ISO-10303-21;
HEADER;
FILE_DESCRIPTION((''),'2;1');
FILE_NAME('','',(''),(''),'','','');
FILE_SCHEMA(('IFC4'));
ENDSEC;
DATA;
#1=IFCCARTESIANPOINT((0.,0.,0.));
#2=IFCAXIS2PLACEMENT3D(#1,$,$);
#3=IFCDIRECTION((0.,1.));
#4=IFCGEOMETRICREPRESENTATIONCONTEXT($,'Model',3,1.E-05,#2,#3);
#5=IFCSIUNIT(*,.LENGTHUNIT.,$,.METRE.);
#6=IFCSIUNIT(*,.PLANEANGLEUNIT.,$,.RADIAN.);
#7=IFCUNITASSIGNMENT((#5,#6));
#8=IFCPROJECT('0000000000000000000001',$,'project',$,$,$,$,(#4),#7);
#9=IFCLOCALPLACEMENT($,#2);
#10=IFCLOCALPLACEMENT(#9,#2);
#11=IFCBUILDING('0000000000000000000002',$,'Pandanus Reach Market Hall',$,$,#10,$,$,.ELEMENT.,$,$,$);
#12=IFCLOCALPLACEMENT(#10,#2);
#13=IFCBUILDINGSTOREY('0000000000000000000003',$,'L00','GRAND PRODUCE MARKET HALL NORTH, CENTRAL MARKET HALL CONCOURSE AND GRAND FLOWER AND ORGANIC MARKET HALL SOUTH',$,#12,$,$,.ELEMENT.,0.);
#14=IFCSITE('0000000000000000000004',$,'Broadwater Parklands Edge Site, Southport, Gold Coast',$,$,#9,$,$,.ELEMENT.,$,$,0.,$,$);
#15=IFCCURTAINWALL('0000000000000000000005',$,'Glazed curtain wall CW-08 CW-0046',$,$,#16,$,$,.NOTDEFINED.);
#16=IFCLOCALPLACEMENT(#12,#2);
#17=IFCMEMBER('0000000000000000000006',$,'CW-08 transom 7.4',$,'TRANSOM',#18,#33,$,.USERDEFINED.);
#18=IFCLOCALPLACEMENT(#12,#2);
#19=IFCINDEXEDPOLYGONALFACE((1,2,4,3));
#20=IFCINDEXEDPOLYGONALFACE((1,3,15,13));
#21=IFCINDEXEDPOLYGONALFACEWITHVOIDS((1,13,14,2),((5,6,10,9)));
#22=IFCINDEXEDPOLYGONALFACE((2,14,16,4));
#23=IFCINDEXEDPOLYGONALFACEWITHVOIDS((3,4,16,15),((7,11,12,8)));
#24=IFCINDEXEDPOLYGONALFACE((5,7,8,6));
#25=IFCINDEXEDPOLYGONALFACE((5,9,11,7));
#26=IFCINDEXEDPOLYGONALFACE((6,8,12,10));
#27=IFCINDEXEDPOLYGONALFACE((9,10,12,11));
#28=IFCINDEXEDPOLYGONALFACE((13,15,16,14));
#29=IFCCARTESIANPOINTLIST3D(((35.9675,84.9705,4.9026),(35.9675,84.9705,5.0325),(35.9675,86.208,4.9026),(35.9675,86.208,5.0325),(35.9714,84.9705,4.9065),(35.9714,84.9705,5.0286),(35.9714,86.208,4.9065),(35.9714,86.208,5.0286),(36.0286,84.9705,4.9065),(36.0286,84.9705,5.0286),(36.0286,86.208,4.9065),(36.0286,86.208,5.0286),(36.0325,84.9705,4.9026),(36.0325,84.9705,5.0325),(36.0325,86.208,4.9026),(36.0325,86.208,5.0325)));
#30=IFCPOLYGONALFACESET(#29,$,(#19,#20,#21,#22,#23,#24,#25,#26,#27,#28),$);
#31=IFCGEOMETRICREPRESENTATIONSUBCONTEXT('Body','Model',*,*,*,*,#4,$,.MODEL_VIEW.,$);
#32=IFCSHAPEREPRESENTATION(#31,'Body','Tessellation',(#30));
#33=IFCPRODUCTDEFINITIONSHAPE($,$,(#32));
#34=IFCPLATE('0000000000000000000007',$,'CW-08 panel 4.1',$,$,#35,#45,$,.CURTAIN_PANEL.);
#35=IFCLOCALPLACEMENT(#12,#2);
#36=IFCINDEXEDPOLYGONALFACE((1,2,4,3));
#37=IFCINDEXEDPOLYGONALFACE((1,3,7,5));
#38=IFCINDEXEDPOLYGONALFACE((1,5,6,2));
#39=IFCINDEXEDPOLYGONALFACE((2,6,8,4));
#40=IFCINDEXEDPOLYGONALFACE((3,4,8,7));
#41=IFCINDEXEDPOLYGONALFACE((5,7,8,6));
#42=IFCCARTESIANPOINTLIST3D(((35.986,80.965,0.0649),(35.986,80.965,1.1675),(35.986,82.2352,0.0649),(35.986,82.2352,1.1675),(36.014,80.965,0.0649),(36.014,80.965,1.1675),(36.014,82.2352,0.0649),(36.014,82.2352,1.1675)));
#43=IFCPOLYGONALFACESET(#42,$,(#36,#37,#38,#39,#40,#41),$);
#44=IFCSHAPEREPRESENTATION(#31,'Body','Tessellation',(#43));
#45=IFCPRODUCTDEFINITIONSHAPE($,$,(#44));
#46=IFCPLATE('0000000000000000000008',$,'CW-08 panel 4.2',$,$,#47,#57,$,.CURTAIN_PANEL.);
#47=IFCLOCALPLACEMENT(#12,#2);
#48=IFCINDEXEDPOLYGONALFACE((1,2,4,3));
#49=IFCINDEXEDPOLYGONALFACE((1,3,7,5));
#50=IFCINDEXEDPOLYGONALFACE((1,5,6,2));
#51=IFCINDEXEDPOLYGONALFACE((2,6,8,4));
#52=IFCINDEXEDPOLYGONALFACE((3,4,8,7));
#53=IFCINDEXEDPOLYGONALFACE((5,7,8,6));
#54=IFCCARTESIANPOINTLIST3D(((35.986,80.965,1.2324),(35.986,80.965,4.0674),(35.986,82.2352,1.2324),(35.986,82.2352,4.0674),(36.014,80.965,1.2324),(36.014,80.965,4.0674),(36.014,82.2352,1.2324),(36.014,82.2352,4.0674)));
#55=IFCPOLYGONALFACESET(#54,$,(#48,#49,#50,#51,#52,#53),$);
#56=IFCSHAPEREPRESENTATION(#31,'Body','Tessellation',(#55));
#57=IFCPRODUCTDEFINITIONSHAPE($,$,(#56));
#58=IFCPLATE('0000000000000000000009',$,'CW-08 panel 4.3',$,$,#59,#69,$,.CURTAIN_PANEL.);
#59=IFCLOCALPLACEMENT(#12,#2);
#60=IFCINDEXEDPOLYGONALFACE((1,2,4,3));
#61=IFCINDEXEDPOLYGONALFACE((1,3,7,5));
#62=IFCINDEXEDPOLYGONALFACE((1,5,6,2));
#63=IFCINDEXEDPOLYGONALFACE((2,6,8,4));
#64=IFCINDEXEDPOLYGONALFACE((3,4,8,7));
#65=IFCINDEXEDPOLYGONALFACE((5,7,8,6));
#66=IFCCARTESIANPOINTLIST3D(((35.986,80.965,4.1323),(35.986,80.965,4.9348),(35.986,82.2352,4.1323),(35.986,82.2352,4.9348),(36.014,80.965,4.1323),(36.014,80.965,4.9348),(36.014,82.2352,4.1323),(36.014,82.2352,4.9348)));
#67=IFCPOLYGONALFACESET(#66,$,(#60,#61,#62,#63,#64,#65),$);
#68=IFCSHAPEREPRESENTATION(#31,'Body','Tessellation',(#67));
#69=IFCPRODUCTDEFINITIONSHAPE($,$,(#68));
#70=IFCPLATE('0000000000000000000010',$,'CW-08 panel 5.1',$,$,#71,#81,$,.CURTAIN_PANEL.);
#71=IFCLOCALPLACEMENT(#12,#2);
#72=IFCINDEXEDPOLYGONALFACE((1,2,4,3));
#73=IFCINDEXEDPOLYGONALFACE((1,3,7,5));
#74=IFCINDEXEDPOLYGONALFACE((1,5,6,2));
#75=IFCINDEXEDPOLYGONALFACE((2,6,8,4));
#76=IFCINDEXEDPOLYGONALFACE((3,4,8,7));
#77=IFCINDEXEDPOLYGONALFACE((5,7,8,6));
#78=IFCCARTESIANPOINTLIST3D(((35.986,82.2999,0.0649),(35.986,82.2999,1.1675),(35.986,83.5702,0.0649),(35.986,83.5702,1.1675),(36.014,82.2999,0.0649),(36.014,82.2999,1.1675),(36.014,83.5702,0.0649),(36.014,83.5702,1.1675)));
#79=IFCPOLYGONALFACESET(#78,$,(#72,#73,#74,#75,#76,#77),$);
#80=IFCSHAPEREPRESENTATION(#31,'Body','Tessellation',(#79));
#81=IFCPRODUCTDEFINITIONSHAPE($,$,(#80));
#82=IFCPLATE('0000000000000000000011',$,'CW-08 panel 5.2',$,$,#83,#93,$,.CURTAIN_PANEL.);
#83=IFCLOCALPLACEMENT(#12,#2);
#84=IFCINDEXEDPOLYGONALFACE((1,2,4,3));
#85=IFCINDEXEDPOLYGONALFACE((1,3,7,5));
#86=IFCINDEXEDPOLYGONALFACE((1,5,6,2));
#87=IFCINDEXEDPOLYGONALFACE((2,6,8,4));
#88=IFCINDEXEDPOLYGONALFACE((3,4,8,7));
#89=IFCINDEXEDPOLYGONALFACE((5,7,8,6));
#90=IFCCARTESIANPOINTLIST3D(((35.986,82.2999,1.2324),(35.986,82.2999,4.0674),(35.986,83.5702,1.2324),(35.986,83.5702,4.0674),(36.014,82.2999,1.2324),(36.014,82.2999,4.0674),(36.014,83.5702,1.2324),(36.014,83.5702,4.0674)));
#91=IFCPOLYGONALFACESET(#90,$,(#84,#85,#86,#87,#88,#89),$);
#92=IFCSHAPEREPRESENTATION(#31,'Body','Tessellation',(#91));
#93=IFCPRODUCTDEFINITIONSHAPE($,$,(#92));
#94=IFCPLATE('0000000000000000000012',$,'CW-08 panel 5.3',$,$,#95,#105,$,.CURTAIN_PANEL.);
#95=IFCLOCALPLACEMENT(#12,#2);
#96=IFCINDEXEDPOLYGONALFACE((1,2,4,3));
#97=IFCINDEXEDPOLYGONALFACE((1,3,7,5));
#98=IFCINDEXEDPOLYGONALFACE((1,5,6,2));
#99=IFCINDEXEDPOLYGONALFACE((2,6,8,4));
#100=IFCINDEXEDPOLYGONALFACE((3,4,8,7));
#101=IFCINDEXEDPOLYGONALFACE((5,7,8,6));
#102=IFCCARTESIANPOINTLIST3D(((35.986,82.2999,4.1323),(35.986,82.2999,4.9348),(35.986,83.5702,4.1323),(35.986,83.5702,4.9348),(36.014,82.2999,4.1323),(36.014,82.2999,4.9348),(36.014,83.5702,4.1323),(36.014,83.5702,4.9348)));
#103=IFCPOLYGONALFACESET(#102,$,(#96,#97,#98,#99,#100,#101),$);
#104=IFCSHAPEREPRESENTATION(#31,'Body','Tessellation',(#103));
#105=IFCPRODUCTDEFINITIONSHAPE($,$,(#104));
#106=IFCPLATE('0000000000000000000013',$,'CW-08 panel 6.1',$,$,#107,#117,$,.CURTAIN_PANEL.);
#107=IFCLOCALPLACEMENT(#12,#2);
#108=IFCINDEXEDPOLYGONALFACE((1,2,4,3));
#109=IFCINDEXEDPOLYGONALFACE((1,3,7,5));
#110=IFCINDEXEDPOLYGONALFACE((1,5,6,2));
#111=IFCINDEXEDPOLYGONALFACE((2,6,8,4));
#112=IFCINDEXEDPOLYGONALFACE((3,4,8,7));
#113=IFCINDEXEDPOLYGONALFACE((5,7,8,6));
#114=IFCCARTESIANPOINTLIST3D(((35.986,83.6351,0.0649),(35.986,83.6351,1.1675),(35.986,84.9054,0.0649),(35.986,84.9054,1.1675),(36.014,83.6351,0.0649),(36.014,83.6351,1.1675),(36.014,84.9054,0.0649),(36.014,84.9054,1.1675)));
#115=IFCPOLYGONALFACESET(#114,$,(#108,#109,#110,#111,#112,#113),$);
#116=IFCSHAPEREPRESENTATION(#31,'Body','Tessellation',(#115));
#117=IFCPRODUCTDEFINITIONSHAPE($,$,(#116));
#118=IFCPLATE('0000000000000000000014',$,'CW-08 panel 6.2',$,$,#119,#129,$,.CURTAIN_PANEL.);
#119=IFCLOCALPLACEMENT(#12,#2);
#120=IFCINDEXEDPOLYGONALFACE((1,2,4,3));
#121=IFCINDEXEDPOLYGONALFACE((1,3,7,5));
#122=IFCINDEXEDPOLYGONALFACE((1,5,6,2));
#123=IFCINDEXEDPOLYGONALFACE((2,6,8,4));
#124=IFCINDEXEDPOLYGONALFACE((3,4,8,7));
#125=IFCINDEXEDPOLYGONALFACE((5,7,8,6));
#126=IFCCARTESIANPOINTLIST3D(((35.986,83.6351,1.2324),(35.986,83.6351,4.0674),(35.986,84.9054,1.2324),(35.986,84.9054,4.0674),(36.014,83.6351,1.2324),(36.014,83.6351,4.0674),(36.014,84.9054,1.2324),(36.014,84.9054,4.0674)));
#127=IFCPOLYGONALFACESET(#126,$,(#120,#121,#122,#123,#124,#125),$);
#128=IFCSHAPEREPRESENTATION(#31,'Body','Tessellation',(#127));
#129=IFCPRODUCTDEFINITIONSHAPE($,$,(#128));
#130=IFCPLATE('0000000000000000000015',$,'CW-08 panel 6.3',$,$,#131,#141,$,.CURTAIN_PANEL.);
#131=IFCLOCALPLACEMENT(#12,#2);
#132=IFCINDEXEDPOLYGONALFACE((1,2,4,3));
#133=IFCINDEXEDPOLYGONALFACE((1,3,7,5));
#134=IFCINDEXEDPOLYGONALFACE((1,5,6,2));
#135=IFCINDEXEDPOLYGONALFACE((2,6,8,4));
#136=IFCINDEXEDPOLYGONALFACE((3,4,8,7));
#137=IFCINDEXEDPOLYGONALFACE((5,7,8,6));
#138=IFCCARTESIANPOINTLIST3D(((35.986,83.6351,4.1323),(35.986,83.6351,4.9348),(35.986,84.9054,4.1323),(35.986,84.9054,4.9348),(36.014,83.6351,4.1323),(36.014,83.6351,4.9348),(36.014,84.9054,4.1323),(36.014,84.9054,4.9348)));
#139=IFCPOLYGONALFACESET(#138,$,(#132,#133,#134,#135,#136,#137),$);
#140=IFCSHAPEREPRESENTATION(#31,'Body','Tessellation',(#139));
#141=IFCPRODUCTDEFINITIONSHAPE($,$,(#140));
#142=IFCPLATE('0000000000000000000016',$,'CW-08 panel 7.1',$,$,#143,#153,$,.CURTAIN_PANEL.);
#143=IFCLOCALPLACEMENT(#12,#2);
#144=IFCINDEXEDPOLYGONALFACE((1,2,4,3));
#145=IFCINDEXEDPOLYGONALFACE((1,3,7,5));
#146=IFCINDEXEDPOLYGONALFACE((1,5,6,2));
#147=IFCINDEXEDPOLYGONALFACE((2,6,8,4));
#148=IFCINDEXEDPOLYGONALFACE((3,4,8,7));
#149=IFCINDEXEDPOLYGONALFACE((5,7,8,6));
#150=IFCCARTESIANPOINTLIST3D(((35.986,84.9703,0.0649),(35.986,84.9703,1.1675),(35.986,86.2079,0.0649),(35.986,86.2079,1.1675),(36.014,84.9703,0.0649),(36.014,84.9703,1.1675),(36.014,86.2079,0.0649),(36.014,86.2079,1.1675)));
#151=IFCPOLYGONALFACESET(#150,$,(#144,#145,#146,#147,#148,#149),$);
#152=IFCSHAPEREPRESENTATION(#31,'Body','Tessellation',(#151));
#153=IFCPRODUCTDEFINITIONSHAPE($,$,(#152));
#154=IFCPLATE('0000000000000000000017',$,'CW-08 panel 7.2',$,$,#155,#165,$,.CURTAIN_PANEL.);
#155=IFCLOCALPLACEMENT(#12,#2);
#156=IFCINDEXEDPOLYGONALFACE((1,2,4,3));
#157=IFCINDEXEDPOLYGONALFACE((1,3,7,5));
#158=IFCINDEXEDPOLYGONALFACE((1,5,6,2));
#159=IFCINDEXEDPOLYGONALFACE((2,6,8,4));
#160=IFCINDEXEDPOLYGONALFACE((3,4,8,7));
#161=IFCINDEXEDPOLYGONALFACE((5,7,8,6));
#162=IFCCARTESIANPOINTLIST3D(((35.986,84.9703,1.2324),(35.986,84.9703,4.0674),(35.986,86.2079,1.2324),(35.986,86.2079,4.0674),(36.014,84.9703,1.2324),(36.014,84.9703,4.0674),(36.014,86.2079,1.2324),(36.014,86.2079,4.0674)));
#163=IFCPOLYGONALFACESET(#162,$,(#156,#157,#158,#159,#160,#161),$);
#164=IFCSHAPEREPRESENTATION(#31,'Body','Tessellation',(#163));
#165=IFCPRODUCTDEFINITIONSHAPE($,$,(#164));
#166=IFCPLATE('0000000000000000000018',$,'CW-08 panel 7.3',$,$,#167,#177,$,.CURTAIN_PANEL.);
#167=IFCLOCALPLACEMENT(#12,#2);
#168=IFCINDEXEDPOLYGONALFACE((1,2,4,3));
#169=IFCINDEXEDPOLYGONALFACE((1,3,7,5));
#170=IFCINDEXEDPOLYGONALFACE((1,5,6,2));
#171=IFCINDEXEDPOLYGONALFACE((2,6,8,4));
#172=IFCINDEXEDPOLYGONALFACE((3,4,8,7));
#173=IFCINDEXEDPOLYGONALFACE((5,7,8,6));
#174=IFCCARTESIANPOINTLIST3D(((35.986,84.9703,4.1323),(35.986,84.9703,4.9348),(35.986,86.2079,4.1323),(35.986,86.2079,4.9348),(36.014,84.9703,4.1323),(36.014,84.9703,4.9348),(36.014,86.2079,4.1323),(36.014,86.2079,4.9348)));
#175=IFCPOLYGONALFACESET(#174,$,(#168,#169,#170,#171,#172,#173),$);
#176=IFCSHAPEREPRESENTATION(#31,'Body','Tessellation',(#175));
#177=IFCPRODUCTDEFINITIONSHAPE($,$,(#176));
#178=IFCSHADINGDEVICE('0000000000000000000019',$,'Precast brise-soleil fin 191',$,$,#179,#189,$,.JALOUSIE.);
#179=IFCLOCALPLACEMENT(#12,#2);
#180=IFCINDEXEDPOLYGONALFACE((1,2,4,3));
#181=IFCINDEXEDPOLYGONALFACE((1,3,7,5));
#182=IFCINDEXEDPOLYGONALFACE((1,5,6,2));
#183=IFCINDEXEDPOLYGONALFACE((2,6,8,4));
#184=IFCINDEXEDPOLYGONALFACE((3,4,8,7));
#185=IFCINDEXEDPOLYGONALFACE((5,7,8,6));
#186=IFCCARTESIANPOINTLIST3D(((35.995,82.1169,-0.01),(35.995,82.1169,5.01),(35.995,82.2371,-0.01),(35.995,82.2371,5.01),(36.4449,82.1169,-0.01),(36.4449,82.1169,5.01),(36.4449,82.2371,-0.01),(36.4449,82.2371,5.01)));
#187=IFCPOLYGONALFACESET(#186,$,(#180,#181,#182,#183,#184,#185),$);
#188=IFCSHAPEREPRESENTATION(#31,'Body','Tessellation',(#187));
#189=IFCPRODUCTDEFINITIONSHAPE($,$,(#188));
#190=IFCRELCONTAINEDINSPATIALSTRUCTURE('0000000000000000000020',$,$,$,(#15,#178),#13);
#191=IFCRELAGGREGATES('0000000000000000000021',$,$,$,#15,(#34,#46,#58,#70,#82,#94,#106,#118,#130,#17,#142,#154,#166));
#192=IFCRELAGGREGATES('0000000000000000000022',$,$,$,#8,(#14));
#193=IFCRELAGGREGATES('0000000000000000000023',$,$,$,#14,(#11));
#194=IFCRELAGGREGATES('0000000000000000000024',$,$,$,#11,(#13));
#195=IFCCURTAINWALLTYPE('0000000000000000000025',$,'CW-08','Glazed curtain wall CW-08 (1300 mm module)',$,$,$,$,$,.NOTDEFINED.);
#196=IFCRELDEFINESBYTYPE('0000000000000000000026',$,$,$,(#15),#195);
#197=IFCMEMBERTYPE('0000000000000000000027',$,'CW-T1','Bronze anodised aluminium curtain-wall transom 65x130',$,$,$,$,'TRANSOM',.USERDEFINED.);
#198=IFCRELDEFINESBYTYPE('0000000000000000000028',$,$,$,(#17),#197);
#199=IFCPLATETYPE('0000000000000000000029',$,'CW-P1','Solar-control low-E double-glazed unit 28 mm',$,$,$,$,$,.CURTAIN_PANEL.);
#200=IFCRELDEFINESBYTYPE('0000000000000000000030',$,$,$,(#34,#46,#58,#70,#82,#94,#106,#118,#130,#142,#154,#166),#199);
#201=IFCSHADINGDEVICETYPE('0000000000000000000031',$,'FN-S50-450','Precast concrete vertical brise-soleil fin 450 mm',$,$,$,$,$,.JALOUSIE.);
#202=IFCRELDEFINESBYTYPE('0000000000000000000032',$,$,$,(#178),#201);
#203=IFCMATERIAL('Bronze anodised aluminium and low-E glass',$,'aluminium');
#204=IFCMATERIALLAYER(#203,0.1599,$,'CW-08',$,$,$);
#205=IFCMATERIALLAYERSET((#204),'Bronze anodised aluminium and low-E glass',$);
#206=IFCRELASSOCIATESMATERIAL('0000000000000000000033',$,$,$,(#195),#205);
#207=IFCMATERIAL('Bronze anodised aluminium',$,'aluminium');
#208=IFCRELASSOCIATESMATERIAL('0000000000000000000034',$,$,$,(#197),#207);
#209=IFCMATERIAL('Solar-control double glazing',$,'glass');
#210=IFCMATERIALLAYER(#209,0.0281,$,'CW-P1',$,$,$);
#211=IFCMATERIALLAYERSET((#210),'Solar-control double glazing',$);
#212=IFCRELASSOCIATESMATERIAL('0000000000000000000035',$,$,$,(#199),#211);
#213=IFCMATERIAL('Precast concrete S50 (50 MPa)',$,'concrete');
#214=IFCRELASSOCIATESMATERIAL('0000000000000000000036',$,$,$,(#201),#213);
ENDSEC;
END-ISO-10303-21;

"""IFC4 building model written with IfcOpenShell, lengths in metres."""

from ifc_helpers import new_model, si_unit, direction, frame, origin, origin_2d, place, context, subcontext, project, spatial, rectangle, hollow_rectangle, extrude, material, layer, layer_set, material_profile, profile_set, type_object, element, aggregate, save


model = new_model("IFC4")

# Units and contexts
model_context = context("Model", 3, precision=1e-05, world=origin(), true_north=direction((0.0, 1.0)))
body_context = subcontext(model_context, "Body", "Model", "MODEL_VIEW")
ifc_project = project(units=[si_unit("LENGTHUNIT", "METRE"), si_unit("PLANEANGLEUNIT", "RADIAN")], contexts=[model_context])

# Site, building, storey
site_placement = place(None, origin())
site = spatial("IfcSite", under=ifc_project, at=site_placement, Name="Broadwater Parklands Edge Site, Southport, Gold Coast", CompositionType="ELEMENT", RefElevation=0.0)
building_placement = place(site_placement, origin())
building = spatial("IfcBuilding", under=site, at=building_placement, Name="Pandanus Reach Market Hall", CompositionType="ELEMENT")
storey_placement = place(building_placement, origin())
storey = spatial("IfcBuildingStorey", under=building, at=storey_placement, Name="L00", Description="GRAND PRODUCE MARKET HALL NORTH, CENTRAL MARKET HALL CONCOURSE AND GRAND FLOWER AND ORGANIC MARKET HALL SOUTH", CompositionType="ELEMENT", Elevation=0.0)

# Curtain wall, member, plates
ifc_material_1 = material(Name="Bronze anodised aluminium and low-E glass", Category="aluminium")
ifc_layer_1 = layer(ifc_material_1, 0.1599, Name="CW-08")
ifc_layer_set_1 = layer_set([ifc_layer_1], Name="Bronze anodised aluminium and low-E glass")
curtain_wall_type = type_object("IfcCurtainWallType", Name="CW-08", Description="Glazed curtain wall CW-08 (1300 mm module)", PredefinedType="NOTDEFINED", material=ifc_layer_set_1)
curtain_wall_placement = place(storey_placement, origin())
curtain_wall = element("IfcCurtainWall", 1, at=curtain_wall_placement, inside=storey, type_object=curtain_wall_type, Name="Glazed curtain wall CW-08 CW-0046", PredefinedType="NOTDEFINED")
ifc_material_2 = material(Name="Bronze anodised aluminium", Category="aluminium")
ifc_material_profile_1 = material_profile(ifc_material_2, hollow_rectangle(XDim=0.0649, YDim=0.1299, WallThickness=0.0039, at=origin_2d()), Name="ALU65x130", Category="LoadBearing")
ifc_profile_set_1 = profile_set([ifc_material_profile_1], Name="Bronze anodised aluminium")
member_type_1 = type_object("IfcMemberType", Name="CW-T1", Description="Bronze anodised aluminium curtain-wall transom 65x130", ElementType="TRANSOM", PredefinedType="USERDEFINED", material=ifc_profile_set_1)
member_1_placement = place(storey_placement, frame((36.0, 84.9705, 4.9675), z_axis=(0.0, 1.0, 0.0), x_axis=(-1.0, 0.0, 0.0)))
member_1 = element("IfcMember", 2, at=member_1_placement, type_object=member_type_1, Name="CW-08 transom 7.4", ObjectType="TRANSOM", PredefinedType="USERDEFINED", context=body_context, shape_type="SweptSolid", body=[
    extrude(hollow_rectangle(XDim=0.0649, YDim=0.1299, WallThickness=0.0039, at=origin_2d()), origin(), (0.0, 0.0, 1.0), 1.2375),
])
ifc_material_3 = material(Name="Solar-control double glazing", Category="glass")
ifc_layer_2 = layer(ifc_material_3, 0.0281, Name="CW-P1")
ifc_layer_set_2 = layer_set([ifc_layer_2], Name="Solar-control double glazing")
plate_type = type_object("IfcPlateType", Name="CW-P1", Description="Solar-control low-E double-glazed unit 28 mm", PredefinedType="CURTAIN_PANEL", material=ifc_layer_set_2)
plate_1_placement = place(storey_placement, frame((36.0, 81.6001, 0.0649), z_axis=(0.0, 0.0, 1.0), x_axis=(0.0, 1.0, 0.0)))
plate_1 = element("IfcPlate", 3, at=plate_1_placement, type_object=plate_type, Name="CW-08 panel 4.1", PredefinedType="CURTAIN_PANEL", context=body_context, shape_type="SweptSolid", body=[
    extrude(rectangle(XDim=1.2703, YDim=0.0281, at=origin_2d()), origin(), (0.0, 0.0, 1.0), 1.1025),
])
plate_2_placement = place(storey_placement, frame((36.0, 81.6001, 1.2324), z_axis=(0.0, 0.0, 1.0), x_axis=(0.0, 1.0, 0.0)))
plate_2 = element("IfcPlate", 4, at=plate_2_placement, type_object=plate_type, Name="CW-08 panel 4.2", PredefinedType="CURTAIN_PANEL", context=body_context, shape_type="SweptSolid", body=[
    extrude(rectangle(XDim=1.2703, YDim=0.0281, at=origin_2d()), origin(), (0.0, 0.0, 1.0), 2.835),
])
plate_3_placement = place(storey_placement, frame((36.0, 81.6001, 4.1323), z_axis=(0.0, 0.0, 1.0), x_axis=(0.0, 1.0, 0.0)))
plate_3 = element("IfcPlate", 5, at=plate_3_placement, type_object=plate_type, Name="CW-08 panel 4.3", PredefinedType="CURTAIN_PANEL", context=body_context, shape_type="SweptSolid", body=[
    extrude(rectangle(XDim=1.2703, YDim=0.0281, at=origin_2d()), origin(), (0.0, 0.0, 1.0), 0.8025),
])
plate_4_placement = place(storey_placement, frame((36.0, 82.9351, 0.0649), z_axis=(0.0, 0.0, 1.0), x_axis=(0.0, 1.0, 0.0)))
plate_4 = element("IfcPlate", 6, at=plate_4_placement, type_object=plate_type, Name="CW-08 panel 5.1", PredefinedType="CURTAIN_PANEL", context=body_context, shape_type="SweptSolid", body=[
    extrude(rectangle(XDim=1.2703, YDim=0.0281, at=origin_2d()), origin(), (0.0, 0.0, 1.0), 1.1025),
])
plate_5_placement = place(storey_placement, frame((36.0, 82.9351, 1.2324), z_axis=(0.0, 0.0, 1.0), x_axis=(0.0, 1.0, 0.0)))
plate_5 = element("IfcPlate", 7, at=plate_5_placement, type_object=plate_type, Name="CW-08 panel 5.2", PredefinedType="CURTAIN_PANEL", context=body_context, shape_type="SweptSolid", body=[
    extrude(rectangle(XDim=1.2703, YDim=0.0281, at=origin_2d()), origin(), (0.0, 0.0, 1.0), 2.835),
])
plate_6_placement = place(storey_placement, frame((36.0, 82.9351, 4.1323), z_axis=(0.0, 0.0, 1.0), x_axis=(0.0, 1.0, 0.0)))
plate_6 = element("IfcPlate", 8, at=plate_6_placement, type_object=plate_type, Name="CW-08 panel 5.3", PredefinedType="CURTAIN_PANEL", context=body_context, shape_type="SweptSolid", body=[
    extrude(rectangle(XDim=1.2703, YDim=0.0281, at=origin_2d()), origin(), (0.0, 0.0, 1.0), 0.8025),
])
plate_7_placement = place(storey_placement, frame((36.0, 84.2703, 0.0649), z_axis=(0.0, 0.0, 1.0), x_axis=(0.0, 1.0, 0.0)))
plate_7 = element("IfcPlate", 9, at=plate_7_placement, type_object=plate_type, Name="CW-08 panel 6.1", PredefinedType="CURTAIN_PANEL", context=body_context, shape_type="SweptSolid", body=[
    extrude(rectangle(XDim=1.2703, YDim=0.0281, at=origin_2d()), origin(), (0.0, 0.0, 1.0), 1.1025),
])
plate_8_placement = place(storey_placement, frame((36.0, 84.2703, 1.2324), z_axis=(0.0, 0.0, 1.0), x_axis=(0.0, 1.0, 0.0)))
plate_8 = element("IfcPlate", 10, at=plate_8_placement, type_object=plate_type, Name="CW-08 panel 6.2", PredefinedType="CURTAIN_PANEL", context=body_context, shape_type="SweptSolid", body=[
    extrude(rectangle(XDim=1.2703, YDim=0.0281, at=origin_2d()), origin(), (0.0, 0.0, 1.0), 2.835),
])
plate_9_placement = place(storey_placement, frame((36.0, 84.2703, 4.1323), z_axis=(0.0, 0.0, 1.0), x_axis=(0.0, 1.0, 0.0)))
plate_9 = element("IfcPlate", 11, at=plate_9_placement, type_object=plate_type, Name="CW-08 panel 6.3", PredefinedType="CURTAIN_PANEL", context=body_context, shape_type="SweptSolid", body=[
    extrude(rectangle(XDim=1.2703, YDim=0.0281, at=origin_2d()), origin(), (0.0, 0.0, 1.0), 0.8025),
])
plate_10_placement = place(storey_placement, frame((36.0, 85.5891, 0.0649), z_axis=(0.0, 0.0, 1.0), x_axis=(0.0, 1.0, 0.0)))
plate_10 = element("IfcPlate", 12, at=plate_10_placement, type_object=plate_type, Name="CW-08 panel 7.1", PredefinedType="CURTAIN_PANEL", context=body_context, shape_type="SweptSolid", body=[
    extrude(rectangle(XDim=1.2375, YDim=0.0281, at=origin_2d()), origin(), (0.0, 0.0, 1.0), 1.1025),
])
plate_11_placement = place(storey_placement, frame((36.0, 85.5891, 1.2324), z_axis=(0.0, 0.0, 1.0), x_axis=(0.0, 1.0, 0.0)))
plate_11 = element("IfcPlate", 13, at=plate_11_placement, type_object=plate_type, Name="CW-08 panel 7.2", PredefinedType="CURTAIN_PANEL", context=body_context, shape_type="SweptSolid", body=[
    extrude(rectangle(XDim=1.2375, YDim=0.0281, at=origin_2d()), origin(), (0.0, 0.0, 1.0), 2.835),
])
plate_12_placement = place(storey_placement, frame((36.0, 85.5891, 4.1323), z_axis=(0.0, 0.0, 1.0), x_axis=(0.0, 1.0, 0.0)))
plate_12 = element("IfcPlate", 14, at=plate_12_placement, type_object=plate_type, Name="CW-08 panel 7.3", PredefinedType="CURTAIN_PANEL", context=body_context, shape_type="SweptSolid", body=[
    extrude(rectangle(XDim=1.2375, YDim=0.0281, at=origin_2d()), origin(), (0.0, 0.0, 1.0), 0.8025),
])
aggregate(curtain_wall, [plate_1, plate_2, plate_3, plate_4, plate_5, plate_6, plate_7, plate_8, plate_9, member_1, plate_10, plate_11, plate_12])

# Shading device
ifc_material_4 = material(Name="Precast concrete S50 (50 MPa)", Category="concrete")
shading_device_type = type_object("IfcShadingDeviceType", Name="FN-S50-450", Description="Precast concrete vertical brise-soleil fin 450 mm", PredefinedType="JALOUSIE", material=ifc_material_4)
shading_device_placement = place(storey_placement, frame((36.22, 82.177, -0.01), z_axis=(0.0, 0.0, 1.0), x_axis=(1.0, 0.0, 0.0)))
element("IfcShadingDevice", 15, at=shading_device_placement, inside=storey, type_object=shading_device_type, Name="Precast brise-soleil fin 191", PredefinedType="JALOUSIE", context=body_context, shape_type="SweptSolid", body=[
    extrude(rectangle(XDim=0.45, YDim=0.1201, at=origin_2d()), origin(), (0.0, 0.0, 1.0), 5.02),
])

save(model, "model.ifc")
